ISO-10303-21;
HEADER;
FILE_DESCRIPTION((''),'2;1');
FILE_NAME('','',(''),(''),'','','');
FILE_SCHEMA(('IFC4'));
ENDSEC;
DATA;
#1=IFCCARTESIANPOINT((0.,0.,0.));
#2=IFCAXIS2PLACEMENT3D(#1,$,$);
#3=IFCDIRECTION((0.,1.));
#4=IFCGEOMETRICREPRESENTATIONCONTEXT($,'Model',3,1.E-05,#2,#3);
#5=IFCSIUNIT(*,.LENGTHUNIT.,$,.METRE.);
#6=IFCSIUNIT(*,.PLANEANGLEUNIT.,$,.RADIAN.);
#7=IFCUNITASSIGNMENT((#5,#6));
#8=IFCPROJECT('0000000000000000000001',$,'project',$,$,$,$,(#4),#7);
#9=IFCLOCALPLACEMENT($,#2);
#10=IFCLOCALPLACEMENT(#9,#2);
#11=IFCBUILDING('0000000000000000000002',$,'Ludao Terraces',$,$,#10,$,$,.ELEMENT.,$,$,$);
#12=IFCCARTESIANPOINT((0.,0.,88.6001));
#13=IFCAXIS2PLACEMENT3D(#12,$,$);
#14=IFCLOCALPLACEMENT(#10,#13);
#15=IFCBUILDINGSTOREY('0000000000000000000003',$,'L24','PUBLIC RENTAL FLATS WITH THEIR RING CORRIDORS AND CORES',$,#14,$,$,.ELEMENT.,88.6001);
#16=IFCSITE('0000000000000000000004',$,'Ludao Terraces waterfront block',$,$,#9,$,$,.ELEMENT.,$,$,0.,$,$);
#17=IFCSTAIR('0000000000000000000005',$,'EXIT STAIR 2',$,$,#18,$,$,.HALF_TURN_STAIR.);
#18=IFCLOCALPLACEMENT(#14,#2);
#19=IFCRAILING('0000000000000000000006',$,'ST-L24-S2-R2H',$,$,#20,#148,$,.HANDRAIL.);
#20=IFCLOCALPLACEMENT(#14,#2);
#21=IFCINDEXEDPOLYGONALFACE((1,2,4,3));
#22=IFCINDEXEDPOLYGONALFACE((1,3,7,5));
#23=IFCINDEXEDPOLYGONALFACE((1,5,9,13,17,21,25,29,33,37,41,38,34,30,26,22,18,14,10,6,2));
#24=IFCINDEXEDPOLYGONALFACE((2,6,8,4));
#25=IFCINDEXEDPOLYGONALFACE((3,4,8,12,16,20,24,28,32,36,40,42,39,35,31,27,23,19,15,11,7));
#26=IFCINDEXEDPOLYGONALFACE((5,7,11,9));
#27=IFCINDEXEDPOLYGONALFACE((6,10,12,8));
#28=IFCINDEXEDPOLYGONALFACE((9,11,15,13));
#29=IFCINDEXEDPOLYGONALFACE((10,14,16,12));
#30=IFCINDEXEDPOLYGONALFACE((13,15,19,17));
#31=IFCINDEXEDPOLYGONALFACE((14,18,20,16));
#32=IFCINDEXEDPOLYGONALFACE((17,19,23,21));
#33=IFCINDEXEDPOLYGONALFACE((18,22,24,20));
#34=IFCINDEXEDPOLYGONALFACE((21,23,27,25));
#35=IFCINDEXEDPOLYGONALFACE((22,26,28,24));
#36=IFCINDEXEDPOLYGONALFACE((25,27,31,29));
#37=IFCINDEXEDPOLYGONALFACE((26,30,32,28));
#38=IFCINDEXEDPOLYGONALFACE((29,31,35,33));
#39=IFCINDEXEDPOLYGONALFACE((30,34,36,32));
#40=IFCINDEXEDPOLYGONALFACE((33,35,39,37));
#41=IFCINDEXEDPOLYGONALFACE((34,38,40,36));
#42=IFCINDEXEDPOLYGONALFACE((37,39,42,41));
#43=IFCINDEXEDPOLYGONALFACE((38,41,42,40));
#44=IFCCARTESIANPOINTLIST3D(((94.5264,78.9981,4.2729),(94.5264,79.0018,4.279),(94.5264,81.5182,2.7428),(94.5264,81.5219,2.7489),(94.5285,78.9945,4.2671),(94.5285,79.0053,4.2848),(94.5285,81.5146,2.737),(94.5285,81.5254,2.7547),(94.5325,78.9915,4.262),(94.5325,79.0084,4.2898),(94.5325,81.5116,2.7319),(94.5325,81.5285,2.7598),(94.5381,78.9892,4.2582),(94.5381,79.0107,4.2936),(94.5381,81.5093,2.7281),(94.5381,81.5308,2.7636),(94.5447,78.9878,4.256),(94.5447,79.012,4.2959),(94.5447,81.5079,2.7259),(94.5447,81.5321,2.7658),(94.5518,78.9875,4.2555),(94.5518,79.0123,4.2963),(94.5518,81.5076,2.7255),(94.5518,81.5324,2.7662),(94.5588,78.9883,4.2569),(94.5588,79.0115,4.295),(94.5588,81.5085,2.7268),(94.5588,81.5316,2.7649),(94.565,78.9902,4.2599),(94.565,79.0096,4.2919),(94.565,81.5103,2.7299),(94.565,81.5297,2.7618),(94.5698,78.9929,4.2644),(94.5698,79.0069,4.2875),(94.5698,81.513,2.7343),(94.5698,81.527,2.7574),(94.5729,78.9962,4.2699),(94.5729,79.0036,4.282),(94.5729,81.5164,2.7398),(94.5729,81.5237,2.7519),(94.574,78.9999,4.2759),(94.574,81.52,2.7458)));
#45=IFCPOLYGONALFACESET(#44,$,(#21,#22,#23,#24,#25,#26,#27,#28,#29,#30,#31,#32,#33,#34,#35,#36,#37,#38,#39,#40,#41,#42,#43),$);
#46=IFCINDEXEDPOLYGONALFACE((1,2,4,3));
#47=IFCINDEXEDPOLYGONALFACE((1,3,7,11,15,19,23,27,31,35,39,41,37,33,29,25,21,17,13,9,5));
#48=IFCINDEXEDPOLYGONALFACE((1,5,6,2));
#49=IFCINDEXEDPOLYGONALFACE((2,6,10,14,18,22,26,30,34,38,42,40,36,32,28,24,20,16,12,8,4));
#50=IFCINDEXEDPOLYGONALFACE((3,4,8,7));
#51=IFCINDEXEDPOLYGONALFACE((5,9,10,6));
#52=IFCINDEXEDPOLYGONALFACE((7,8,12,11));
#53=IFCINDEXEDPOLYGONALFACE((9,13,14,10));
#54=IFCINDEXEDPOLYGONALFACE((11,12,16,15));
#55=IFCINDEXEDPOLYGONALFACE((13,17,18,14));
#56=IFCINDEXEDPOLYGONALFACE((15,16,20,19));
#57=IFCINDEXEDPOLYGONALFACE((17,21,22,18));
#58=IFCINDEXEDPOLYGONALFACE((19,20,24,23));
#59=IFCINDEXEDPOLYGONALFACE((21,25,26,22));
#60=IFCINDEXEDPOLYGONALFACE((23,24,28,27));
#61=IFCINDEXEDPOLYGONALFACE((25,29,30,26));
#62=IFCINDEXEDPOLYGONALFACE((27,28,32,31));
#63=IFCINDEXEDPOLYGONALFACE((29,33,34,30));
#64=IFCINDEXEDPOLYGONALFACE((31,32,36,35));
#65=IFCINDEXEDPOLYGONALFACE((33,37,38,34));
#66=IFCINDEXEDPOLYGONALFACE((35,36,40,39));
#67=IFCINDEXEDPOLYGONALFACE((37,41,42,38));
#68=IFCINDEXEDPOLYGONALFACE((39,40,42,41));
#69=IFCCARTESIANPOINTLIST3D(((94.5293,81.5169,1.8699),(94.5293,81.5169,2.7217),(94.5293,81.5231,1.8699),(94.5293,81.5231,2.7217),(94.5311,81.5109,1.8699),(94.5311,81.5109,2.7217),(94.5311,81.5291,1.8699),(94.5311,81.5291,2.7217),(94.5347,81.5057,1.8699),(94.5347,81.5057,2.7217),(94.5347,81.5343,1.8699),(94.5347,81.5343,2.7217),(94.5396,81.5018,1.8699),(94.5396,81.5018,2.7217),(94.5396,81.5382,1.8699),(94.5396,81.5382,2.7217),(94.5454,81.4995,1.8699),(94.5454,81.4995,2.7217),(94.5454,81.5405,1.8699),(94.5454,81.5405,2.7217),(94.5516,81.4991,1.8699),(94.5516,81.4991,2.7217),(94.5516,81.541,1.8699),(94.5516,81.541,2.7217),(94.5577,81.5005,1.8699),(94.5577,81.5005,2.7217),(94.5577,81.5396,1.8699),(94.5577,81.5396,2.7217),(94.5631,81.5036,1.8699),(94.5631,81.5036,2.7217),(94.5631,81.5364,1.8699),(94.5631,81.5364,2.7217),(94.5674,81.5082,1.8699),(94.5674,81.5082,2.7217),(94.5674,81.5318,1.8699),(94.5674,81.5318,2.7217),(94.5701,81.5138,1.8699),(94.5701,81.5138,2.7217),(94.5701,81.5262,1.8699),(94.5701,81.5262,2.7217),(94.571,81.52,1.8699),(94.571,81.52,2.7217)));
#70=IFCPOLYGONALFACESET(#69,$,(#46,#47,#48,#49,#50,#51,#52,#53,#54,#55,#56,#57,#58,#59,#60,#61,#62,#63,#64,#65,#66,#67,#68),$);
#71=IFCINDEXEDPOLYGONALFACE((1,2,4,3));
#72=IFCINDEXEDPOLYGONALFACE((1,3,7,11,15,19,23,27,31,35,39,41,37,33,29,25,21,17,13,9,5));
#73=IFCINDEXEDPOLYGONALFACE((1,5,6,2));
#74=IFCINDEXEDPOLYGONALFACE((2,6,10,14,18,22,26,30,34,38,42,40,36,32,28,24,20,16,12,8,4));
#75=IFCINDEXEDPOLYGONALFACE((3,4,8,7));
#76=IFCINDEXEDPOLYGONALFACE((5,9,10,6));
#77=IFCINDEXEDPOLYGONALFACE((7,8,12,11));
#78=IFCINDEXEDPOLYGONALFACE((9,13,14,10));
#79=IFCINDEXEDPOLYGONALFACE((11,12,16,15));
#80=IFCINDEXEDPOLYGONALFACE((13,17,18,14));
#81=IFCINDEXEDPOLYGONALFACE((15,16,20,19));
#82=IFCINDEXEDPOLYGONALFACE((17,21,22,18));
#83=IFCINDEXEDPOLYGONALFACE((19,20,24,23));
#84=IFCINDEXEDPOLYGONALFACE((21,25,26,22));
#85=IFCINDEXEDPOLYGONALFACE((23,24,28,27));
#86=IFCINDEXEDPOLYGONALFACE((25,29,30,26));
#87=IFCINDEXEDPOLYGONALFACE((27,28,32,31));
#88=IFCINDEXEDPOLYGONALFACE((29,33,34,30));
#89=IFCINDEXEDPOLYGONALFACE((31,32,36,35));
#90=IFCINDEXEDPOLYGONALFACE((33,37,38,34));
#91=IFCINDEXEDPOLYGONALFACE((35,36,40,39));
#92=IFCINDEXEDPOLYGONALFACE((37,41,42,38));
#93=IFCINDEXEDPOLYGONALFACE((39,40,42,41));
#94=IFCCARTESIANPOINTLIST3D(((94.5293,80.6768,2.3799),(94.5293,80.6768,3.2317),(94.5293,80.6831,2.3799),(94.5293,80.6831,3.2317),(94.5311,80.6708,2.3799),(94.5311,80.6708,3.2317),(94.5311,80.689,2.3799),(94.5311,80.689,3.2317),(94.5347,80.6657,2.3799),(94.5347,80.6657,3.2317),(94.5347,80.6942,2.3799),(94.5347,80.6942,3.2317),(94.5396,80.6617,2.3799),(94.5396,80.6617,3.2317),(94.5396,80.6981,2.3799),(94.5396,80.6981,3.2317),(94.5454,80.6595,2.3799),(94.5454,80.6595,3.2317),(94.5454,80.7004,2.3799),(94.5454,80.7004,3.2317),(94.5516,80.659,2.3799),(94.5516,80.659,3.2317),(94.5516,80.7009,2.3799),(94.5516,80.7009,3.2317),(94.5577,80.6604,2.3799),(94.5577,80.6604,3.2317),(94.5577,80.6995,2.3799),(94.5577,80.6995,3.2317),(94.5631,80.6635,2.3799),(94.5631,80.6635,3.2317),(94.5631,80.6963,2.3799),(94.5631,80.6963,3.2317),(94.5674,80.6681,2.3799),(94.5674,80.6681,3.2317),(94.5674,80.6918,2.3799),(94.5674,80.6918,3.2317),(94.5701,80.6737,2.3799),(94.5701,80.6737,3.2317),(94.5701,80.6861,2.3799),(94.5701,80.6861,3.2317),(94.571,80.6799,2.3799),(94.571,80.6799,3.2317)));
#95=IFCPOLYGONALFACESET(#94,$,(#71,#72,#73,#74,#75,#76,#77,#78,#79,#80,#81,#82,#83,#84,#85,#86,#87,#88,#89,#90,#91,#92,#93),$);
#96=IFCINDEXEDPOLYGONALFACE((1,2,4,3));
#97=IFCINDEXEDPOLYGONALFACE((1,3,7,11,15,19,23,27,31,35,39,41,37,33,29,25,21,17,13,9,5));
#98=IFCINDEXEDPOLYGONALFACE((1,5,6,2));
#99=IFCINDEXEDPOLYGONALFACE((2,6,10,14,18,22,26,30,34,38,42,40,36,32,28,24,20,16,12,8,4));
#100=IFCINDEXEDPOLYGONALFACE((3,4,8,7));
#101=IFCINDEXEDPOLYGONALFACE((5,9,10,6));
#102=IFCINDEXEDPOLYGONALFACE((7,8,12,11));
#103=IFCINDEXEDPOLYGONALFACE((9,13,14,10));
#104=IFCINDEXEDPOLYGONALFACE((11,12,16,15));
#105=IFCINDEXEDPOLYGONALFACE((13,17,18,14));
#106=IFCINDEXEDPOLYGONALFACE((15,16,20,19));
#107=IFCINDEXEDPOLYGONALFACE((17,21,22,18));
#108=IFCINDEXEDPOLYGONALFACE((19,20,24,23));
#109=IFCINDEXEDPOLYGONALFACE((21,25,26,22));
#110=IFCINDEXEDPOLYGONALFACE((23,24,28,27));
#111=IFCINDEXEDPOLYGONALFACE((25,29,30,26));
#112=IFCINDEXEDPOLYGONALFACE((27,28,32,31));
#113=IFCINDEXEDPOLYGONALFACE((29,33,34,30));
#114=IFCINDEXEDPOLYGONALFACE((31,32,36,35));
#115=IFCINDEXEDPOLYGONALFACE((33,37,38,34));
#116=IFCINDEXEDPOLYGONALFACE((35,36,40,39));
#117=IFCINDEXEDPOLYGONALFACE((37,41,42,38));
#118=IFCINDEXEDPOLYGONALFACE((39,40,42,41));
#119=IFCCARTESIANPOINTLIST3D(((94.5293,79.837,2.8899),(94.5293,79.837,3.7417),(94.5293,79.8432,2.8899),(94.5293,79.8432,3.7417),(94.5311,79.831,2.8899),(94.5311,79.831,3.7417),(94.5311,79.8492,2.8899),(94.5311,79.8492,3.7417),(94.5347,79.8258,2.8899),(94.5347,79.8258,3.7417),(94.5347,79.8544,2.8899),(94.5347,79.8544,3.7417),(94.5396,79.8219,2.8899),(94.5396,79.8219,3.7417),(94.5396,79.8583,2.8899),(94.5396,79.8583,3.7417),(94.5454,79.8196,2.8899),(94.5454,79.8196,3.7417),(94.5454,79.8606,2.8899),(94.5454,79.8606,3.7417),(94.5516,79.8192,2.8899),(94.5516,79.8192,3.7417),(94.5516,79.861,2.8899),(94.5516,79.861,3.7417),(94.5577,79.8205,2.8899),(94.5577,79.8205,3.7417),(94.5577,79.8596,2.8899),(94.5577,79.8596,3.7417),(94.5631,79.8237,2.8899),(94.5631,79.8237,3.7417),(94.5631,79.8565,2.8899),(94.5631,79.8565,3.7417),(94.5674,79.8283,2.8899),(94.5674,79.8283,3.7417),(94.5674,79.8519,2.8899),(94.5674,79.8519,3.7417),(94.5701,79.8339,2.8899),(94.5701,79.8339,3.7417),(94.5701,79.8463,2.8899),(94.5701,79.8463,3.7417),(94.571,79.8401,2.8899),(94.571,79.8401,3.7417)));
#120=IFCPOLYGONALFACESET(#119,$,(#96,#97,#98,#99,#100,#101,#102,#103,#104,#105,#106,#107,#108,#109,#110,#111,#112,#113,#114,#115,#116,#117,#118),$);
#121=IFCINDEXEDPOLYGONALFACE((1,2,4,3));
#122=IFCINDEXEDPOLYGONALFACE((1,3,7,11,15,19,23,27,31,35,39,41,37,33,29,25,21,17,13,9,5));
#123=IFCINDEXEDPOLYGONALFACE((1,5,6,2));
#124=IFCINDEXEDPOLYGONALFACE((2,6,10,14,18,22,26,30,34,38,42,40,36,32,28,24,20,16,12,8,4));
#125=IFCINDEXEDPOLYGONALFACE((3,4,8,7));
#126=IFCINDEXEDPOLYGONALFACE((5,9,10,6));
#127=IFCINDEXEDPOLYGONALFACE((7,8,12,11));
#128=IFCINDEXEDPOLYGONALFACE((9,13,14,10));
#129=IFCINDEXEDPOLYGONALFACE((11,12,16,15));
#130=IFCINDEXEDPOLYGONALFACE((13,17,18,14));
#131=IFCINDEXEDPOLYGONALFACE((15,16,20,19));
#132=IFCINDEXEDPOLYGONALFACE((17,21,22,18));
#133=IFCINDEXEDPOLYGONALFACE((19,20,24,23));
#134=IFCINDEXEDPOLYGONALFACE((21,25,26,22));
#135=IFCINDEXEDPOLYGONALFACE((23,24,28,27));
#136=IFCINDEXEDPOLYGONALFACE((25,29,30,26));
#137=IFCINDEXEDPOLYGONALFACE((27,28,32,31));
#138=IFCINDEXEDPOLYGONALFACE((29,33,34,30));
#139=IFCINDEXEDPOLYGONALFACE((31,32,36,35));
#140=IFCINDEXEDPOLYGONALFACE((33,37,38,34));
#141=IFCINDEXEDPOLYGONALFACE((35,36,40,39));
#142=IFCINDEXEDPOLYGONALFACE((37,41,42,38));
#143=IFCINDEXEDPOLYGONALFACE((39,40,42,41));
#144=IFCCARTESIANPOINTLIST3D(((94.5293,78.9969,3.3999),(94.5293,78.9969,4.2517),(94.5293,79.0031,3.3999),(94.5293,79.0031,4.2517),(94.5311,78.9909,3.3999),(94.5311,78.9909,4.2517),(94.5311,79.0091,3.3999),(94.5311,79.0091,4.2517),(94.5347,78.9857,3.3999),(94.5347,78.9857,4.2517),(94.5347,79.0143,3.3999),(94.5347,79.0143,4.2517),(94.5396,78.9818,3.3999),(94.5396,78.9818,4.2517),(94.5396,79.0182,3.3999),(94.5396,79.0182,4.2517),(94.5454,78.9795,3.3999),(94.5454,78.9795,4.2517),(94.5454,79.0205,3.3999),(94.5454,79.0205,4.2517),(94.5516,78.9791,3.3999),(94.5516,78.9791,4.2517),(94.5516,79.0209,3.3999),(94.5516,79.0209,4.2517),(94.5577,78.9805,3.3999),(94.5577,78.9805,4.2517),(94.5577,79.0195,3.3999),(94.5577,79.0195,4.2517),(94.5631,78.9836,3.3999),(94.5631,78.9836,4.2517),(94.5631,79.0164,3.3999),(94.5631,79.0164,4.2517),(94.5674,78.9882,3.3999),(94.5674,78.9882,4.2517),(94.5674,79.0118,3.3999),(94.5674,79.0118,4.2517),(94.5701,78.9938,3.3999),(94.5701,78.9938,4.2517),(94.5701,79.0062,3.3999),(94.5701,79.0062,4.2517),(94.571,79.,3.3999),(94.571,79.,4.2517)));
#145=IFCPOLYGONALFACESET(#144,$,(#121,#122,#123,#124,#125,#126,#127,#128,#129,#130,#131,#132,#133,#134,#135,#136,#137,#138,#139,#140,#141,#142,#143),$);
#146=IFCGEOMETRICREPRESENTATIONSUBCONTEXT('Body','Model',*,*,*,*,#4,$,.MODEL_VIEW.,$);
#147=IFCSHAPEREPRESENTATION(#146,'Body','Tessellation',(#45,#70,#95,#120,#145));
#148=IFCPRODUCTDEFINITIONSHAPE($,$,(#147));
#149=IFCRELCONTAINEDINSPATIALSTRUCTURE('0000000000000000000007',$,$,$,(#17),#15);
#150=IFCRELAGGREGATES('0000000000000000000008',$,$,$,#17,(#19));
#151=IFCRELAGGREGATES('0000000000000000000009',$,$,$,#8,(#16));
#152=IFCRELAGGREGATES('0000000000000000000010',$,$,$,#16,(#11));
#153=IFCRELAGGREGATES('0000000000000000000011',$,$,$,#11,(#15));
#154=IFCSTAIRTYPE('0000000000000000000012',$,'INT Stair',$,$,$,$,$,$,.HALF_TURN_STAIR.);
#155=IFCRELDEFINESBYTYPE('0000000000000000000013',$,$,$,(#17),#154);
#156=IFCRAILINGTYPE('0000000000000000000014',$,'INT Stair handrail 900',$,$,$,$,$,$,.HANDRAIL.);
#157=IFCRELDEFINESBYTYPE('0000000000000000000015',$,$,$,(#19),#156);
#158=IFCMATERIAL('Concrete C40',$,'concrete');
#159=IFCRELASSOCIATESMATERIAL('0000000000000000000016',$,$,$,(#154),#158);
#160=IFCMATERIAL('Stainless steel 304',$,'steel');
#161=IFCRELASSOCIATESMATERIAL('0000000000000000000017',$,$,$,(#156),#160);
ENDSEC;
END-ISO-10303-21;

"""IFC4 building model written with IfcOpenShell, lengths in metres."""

from ifc_helpers import new_model, si_unit, direction, frame, origin, origin_2d, place, context, subcontext, project, spatial, circle, extrude, material, type_object, element, aggregate, save


model = new_model("IFC4")

# Units and contexts
model_context = context("Model", 3, precision=1e-05, world=origin(), true_north=direction((0.0, 1.0)))
body_context = subcontext(model_context, "Body", "Model", "MODEL_VIEW")
ifc_project = project(units=[si_unit("LENGTHUNIT", "METRE"), si_unit("PLANEANGLEUNIT", "RADIAN")], contexts=[model_context])

# Site, building, storey
site_placement = place(None, origin())
site = spatial("IfcSite", under=ifc_project, at=site_placement, Name="Ludao Terraces waterfront block", CompositionType="ELEMENT", RefElevation=0.0)
building_placement = place(site_placement, origin())
building = spatial("IfcBuilding", under=site, at=building_placement, Name="Ludao Terraces", CompositionType="ELEMENT")
storey_placement = place(building_placement, frame((0.0, 0.0, 88.6001)))
storey = spatial("IfcBuildingStorey", under=building, at=storey_placement, Name="L24", Description="PUBLIC RENTAL FLATS WITH THEIR RING CORRIDORS AND CORES", CompositionType="ELEMENT", Elevation=88.6001)

# Shared definitions
ifc_material_1 = material(Name="Concrete C40", Category="concrete")

# Stair, railing
stair_type = type_object("IfcStairType", Name="INT Stair", PredefinedType="HALF_TURN_STAIR", material=ifc_material_1)
stair_placement = place(storey_placement, origin())
stair = element("IfcStair", 1, at=stair_placement, inside=storey, type_object=stair_type, Name="EXIT STAIR 2", PredefinedType="HALF_TURN_STAIR")
ifc_material_2 = material(Name="Stainless steel 304", Category="steel")
railing_type_1 = type_object("IfcRailingType", Name="INT Stair handrail 900", PredefinedType="HANDRAIL", material=ifc_material_2)
railing_1_placement = place(storey_placement, frame((94.55, 81.52, 1.8699)))
railing_1 = element("IfcRailing", 2, at=railing_1_placement, type_object=railing_type_1, Name="ST-L24-S2-R2H", PredefinedType="HANDRAIL", context=body_context, shape_type="SweptSolid", body=[
    extrude(circle(Radius=0.0239, at=origin_2d()), frame((0.0, 0.0, 0.876), z_axis=(0.0, -0.854785, 0.518982), x_axis=(1.0, 0.0, 0.0)), (0.0, 0.0, 1.0), 2.9482),
    extrude(circle(Radius=0.021, at=origin_2d()), origin(), (0.0, 0.0, 1.0), 0.8518),
    extrude(circle(Radius=0.021, at=origin_2d()), frame((0.0, -0.8401, 0.51)), (0.0, 0.0, 1.0), 0.8518),
    extrude(circle(Radius=0.021, at=origin_2d()), frame((0.0, -1.6799, 1.02)), (0.0, 0.0, 1.0), 0.8518),
    extrude(circle(Radius=0.021, at=origin_2d()), frame((0.0, -2.52, 1.53)), (0.0, 0.0, 1.0), 0.8518),
])
aggregate(stair, [railing_1])

save(model, "model.ifc")
